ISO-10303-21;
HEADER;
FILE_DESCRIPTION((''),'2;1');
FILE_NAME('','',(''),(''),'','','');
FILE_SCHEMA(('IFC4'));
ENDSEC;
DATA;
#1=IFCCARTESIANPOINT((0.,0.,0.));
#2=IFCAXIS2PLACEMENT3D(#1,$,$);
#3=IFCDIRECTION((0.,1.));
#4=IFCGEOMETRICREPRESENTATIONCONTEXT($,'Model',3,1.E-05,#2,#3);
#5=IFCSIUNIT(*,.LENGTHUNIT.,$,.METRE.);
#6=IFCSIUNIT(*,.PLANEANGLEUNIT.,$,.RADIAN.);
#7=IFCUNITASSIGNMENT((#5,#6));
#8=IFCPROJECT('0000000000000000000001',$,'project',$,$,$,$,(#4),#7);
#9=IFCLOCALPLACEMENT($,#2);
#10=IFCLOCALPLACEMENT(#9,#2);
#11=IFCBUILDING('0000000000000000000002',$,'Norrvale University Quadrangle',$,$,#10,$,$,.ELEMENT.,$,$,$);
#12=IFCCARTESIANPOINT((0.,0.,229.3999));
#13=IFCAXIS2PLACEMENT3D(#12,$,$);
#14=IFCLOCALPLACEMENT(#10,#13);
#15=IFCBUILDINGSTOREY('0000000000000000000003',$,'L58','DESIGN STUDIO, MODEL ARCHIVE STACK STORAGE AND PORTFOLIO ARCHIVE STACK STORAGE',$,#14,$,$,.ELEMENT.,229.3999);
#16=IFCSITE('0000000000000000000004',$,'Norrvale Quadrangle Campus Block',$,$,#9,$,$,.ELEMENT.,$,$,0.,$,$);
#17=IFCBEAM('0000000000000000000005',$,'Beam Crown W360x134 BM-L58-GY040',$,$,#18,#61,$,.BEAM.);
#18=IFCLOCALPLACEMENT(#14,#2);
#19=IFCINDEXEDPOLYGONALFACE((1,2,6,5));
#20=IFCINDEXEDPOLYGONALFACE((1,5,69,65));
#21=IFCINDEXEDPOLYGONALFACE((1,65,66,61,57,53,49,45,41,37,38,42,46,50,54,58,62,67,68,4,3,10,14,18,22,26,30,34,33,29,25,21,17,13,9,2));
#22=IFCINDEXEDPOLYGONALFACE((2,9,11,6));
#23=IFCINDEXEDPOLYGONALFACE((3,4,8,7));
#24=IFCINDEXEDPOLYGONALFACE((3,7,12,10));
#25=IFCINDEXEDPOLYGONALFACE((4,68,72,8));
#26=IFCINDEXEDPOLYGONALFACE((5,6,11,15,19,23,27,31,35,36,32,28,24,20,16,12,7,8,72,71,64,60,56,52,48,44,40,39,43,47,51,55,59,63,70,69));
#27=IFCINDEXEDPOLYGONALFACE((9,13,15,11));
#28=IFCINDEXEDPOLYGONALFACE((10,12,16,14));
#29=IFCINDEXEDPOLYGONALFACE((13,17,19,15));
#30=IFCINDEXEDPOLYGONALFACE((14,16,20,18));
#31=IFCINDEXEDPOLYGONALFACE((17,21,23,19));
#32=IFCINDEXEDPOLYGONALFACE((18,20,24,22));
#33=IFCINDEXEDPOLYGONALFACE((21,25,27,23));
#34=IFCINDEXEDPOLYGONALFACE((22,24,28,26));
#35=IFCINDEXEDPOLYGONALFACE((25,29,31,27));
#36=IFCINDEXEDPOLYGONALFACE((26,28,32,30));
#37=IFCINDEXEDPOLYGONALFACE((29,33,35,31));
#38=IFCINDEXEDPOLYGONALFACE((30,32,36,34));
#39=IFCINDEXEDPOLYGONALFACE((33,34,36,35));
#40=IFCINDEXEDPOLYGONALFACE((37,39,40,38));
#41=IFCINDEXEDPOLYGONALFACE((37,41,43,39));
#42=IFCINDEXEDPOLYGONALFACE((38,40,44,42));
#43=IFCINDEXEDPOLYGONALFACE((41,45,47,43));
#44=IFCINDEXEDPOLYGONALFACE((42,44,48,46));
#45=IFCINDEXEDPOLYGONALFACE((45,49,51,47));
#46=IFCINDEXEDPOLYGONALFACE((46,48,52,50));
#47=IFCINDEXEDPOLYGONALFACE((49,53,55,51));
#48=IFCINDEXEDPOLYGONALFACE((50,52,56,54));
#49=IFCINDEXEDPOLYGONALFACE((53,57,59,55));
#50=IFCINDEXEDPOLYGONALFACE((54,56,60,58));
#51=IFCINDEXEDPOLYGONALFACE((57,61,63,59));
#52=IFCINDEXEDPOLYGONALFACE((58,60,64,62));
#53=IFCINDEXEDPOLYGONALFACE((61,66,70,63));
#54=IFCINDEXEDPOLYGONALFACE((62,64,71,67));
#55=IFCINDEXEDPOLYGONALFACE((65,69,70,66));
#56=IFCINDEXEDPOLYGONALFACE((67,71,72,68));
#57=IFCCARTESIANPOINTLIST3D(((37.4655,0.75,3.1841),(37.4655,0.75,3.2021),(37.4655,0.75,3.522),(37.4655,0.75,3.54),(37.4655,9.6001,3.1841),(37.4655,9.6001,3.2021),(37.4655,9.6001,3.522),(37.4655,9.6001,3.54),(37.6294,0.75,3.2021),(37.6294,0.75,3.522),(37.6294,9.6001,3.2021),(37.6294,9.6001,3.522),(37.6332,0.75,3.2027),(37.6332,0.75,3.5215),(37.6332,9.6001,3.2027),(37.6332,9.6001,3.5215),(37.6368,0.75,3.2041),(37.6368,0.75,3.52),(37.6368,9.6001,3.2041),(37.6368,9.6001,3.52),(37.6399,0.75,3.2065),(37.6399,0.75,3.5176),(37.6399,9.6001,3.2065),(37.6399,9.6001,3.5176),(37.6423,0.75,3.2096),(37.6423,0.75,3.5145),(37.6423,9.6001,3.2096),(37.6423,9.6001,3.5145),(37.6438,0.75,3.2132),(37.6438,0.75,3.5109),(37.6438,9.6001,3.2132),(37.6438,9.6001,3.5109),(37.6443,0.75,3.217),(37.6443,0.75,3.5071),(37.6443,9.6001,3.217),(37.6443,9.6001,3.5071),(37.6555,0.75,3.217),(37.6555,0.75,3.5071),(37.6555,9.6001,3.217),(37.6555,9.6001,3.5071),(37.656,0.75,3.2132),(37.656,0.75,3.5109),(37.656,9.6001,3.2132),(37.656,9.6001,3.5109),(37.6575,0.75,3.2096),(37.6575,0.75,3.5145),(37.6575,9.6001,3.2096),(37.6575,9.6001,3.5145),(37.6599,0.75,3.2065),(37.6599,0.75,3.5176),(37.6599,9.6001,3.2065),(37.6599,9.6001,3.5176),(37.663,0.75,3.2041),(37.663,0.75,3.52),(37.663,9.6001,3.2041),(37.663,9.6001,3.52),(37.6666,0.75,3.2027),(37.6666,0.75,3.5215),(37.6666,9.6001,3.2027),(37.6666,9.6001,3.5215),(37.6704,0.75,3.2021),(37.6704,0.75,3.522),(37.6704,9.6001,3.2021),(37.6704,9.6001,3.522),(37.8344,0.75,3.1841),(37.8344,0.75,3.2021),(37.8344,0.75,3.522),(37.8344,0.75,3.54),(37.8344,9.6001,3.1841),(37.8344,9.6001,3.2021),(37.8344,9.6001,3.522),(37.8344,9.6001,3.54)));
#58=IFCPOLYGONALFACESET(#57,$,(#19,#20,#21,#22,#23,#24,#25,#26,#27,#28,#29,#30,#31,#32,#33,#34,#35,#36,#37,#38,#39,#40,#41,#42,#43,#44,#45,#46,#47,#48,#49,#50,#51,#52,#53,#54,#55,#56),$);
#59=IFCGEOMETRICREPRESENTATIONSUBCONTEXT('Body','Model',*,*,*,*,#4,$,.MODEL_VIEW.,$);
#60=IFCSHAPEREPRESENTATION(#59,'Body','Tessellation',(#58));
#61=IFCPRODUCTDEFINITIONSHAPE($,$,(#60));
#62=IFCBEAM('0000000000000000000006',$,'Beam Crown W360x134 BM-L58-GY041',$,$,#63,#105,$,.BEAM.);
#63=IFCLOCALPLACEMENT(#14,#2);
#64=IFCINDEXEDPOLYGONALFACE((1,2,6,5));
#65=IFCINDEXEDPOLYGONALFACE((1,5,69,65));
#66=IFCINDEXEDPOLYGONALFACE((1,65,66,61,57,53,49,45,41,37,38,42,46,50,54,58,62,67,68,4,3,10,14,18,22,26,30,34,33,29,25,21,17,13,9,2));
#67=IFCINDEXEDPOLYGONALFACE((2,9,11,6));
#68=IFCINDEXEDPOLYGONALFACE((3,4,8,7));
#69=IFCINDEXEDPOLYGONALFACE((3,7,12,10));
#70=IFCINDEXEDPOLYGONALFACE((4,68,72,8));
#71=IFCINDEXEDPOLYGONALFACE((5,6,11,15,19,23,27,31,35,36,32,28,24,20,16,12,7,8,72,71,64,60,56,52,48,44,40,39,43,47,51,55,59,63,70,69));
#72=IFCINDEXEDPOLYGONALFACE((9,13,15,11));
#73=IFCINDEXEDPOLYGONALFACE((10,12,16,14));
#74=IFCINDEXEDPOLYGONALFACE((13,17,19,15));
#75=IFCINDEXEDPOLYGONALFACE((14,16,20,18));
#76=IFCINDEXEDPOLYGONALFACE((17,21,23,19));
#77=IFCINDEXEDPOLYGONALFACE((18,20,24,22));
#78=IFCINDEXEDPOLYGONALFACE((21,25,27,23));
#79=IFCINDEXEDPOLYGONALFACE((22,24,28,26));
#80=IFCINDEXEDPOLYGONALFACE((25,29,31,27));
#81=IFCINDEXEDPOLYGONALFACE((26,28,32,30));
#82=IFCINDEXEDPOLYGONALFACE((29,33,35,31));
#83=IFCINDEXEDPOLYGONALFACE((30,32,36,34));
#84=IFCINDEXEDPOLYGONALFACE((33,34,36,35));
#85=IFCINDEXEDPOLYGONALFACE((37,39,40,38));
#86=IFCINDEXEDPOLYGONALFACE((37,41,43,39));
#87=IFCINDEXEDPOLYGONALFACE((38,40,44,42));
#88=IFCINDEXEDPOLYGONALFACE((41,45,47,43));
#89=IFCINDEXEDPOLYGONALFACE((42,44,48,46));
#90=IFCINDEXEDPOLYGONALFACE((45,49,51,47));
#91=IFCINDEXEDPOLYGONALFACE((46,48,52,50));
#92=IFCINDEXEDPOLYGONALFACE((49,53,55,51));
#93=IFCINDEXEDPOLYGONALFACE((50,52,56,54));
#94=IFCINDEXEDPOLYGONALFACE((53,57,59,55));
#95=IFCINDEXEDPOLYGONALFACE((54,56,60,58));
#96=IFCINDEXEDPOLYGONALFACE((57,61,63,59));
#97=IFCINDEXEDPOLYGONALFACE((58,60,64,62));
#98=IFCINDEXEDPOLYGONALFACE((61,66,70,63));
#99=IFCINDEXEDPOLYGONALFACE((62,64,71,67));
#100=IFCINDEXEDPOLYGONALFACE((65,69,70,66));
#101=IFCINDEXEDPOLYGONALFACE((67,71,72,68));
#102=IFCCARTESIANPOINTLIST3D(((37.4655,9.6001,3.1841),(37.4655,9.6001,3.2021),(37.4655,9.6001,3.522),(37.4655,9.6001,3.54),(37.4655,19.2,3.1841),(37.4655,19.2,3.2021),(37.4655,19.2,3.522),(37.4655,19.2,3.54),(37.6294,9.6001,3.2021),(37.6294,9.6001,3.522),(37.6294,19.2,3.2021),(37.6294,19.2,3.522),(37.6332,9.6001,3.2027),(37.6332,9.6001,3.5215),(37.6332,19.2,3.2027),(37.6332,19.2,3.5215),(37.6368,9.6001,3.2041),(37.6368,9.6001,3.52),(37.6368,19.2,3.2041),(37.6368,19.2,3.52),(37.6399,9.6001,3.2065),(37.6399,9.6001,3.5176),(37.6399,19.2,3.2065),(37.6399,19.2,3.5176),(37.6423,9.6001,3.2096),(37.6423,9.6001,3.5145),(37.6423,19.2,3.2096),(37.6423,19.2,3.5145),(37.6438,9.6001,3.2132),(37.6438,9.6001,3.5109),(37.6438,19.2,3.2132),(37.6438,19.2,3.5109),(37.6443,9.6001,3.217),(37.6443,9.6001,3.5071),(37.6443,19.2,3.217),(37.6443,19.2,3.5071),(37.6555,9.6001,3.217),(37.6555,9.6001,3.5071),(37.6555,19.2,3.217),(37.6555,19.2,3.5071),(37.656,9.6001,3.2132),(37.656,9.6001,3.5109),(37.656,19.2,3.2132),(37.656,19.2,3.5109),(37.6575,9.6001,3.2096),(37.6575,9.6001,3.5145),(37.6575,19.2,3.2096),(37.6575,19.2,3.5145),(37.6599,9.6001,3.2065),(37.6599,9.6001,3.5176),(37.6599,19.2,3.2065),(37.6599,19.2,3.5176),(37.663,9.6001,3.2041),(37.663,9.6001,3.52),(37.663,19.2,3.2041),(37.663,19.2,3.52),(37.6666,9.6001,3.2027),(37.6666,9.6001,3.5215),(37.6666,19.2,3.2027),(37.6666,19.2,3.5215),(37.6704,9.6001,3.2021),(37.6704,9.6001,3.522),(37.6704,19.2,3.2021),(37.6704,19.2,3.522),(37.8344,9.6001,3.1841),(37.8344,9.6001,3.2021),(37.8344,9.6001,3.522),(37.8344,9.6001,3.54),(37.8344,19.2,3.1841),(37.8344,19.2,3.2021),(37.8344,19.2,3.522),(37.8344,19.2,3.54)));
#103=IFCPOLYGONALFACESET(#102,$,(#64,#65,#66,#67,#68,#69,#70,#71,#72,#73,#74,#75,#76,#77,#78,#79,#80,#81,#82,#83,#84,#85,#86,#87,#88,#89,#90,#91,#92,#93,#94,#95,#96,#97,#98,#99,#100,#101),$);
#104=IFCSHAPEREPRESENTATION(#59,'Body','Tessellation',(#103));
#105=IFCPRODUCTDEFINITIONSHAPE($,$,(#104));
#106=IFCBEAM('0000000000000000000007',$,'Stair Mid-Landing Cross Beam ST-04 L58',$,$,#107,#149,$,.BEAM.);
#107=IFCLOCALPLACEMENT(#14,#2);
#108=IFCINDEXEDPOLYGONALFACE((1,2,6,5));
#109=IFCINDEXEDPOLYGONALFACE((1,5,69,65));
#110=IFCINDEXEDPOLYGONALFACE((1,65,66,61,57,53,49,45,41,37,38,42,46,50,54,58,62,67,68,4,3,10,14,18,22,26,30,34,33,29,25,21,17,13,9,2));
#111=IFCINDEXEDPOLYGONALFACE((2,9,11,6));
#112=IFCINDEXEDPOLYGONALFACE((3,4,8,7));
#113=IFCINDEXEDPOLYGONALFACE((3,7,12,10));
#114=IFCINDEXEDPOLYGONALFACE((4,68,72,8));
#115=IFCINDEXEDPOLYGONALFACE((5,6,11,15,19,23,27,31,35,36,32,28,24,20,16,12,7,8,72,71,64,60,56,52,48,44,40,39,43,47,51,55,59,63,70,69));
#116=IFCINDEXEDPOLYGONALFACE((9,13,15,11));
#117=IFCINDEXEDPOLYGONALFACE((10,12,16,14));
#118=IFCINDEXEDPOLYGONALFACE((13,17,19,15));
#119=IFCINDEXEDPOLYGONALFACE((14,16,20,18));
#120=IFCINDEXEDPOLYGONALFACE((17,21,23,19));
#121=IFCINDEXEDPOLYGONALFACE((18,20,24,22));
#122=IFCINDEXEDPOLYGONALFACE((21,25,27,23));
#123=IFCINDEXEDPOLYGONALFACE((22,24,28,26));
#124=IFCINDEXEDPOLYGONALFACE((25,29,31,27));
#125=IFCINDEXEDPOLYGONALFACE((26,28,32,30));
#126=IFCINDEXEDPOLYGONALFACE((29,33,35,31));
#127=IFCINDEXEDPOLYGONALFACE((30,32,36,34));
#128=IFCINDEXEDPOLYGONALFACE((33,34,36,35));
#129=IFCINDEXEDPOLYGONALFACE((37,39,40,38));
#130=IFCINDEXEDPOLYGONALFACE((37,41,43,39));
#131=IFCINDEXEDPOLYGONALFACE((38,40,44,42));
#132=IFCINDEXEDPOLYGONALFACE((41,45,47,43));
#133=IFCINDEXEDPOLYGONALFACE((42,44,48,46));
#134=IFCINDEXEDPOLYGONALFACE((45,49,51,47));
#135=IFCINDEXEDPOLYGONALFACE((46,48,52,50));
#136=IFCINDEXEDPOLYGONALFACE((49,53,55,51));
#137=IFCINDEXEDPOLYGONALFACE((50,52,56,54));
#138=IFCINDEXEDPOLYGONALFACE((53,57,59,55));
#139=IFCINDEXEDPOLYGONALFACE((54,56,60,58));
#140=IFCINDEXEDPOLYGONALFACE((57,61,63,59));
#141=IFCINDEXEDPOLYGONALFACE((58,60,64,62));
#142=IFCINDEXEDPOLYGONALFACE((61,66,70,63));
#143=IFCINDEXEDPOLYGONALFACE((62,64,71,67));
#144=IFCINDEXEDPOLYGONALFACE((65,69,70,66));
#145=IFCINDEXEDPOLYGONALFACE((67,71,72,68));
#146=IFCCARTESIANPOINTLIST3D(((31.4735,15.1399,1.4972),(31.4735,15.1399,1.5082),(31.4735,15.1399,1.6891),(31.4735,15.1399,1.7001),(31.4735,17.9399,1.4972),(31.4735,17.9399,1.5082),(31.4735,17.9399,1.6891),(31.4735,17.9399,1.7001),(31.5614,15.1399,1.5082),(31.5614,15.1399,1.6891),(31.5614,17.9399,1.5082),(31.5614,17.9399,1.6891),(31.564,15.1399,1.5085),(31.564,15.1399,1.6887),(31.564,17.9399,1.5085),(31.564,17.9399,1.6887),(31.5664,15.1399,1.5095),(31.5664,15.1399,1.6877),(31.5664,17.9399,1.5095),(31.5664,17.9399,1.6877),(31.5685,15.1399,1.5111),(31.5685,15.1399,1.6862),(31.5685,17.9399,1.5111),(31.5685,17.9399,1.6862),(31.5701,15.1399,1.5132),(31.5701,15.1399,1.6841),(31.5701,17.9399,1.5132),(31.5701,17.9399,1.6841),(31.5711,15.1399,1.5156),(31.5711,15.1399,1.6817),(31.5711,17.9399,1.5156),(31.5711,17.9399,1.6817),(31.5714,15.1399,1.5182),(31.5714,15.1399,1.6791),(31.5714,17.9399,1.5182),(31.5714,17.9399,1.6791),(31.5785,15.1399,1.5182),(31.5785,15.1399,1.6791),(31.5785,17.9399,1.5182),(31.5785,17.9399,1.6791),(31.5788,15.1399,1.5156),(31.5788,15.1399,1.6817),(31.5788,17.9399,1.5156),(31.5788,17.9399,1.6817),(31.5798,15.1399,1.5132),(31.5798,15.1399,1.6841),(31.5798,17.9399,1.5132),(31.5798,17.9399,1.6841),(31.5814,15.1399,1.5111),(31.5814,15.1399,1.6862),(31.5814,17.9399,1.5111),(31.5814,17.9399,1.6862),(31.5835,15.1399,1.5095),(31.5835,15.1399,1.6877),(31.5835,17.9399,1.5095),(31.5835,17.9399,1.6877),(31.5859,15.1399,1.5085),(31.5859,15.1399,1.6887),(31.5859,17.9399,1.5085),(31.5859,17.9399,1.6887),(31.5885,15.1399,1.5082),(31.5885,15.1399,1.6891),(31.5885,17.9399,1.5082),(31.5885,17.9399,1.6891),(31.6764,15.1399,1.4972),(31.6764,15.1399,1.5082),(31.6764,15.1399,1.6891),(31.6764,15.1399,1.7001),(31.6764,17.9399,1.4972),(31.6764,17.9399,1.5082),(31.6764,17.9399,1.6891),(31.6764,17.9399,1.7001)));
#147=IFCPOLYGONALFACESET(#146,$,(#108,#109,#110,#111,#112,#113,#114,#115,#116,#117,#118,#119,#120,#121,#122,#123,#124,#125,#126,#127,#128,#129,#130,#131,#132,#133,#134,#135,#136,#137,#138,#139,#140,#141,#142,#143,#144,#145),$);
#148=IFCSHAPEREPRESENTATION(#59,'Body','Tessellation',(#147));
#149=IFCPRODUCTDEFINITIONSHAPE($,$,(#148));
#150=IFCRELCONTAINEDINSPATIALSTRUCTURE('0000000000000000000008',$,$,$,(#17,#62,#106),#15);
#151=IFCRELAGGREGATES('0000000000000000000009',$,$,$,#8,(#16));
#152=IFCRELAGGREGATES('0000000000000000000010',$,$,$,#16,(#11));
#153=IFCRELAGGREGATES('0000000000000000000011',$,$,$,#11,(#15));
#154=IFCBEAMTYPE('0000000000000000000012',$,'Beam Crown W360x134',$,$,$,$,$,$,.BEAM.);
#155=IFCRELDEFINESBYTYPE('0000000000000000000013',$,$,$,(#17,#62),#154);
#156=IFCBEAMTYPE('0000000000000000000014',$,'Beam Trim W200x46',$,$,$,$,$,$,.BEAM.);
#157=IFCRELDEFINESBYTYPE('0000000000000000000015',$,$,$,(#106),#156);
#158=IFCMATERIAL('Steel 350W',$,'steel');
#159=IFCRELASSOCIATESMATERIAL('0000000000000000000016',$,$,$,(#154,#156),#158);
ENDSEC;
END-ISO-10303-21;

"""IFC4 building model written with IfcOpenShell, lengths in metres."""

from ifc_helpers import new_model, si_unit, direction, frame, origin, origin_2d, place, context, subcontext, project, spatial, i_section, extrude, material, material_profile, profile_set, type_object, element, save


model = new_model("IFC4")

# Units and contexts
model_context = context("Model", 3, precision=1e-05, world=origin(), true_north=direction((0.0, 1.0)))
body_context = subcontext(model_context, "Body", "Model", "MODEL_VIEW")
ifc_project = project(units=[si_unit("LENGTHUNIT", "METRE"), si_unit("PLANEANGLEUNIT", "RADIAN")], contexts=[model_context])

# Site, building, storey
site_placement = place(None, origin())
site = spatial("IfcSite", under=ifc_project, at=site_placement, Name="Norrvale Quadrangle Campus Block", CompositionType="ELEMENT", RefElevation=0.0)
building_placement = place(site_placement, origin())
building = spatial("IfcBuilding", under=site, at=building_placement, Name="Norrvale University Quadrangle", CompositionType="ELEMENT")
storey_placement = place(building_placement, frame((0.0, 0.0, 229.3999)))
storey = spatial("IfcBuildingStorey", under=building, at=storey_placement, Name="L58", Description="DESIGN STUDIO, MODEL ARCHIVE STACK STORAGE AND PORTFOLIO ARCHIVE STACK STORAGE", CompositionType="ELEMENT", Elevation=229.3999)

# Beams
ifc_material_1 = material(Name="Steel 350W", Category="steel")
ifc_material_profile_1 = material_profile(ifc_material_1, i_section(OverallWidth=0.3689, OverallDepth=0.356, WebThickness=0.0112, FlangeThickness=0.0181, FilletRadius=0.0149, at=origin_2d()), Name="Steel 350W")
ifc_profile_set_1 = profile_set([ifc_material_profile_1], Name="Steel 350W")
beam_type_1 = type_object("IfcBeamType", Name="Beam Crown W360x134", PredefinedType="BEAM", material=ifc_profile_set_1)
beam_1_placement = place(storey_placement, frame((37.6499, 0.75, 3.3621), z_axis=(0.0, 1.0, 0.0), x_axis=(-1.0, 0.0, 0.0)))
element("IfcBeam", 1, at=beam_1_placement, inside=storey, type_object=beam_type_1, Name="Beam Crown W360x134 BM-L58-GY040", PredefinedType="BEAM", context=body_context, shape_type="SweptSolid", body=[
    extrude(i_section(OverallWidth=0.3689, OverallDepth=0.356, WebThickness=0.0112, FlangeThickness=0.0181, FilletRadius=0.0149, at=origin_2d()), origin(), (0.0, 0.0, 1.0), 8.8501),
])
beam_2_placement = place(storey_placement, frame((37.6499, 9.6001, 3.3621), z_axis=(0.0, 1.0, 0.0), x_axis=(-1.0, 0.0, 0.0)))
element("IfcBeam", 2, at=beam_2_placement, inside=storey, type_object=beam_type_1, Name="Beam Crown W360x134 BM-L58-GY041", PredefinedType="BEAM", context=body_context, shape_type="SweptSolid", body=[
    extrude(i_section(OverallWidth=0.3689, OverallDepth=0.356, WebThickness=0.0112, FlangeThickness=0.0181, FilletRadius=0.0149, at=origin_2d()), origin(), (0.0, 0.0, 1.0), 9.5999),
])
ifc_material_profile_2 = material_profile(ifc_material_1, i_section(OverallWidth=0.2029, OverallDepth=0.2029, WebThickness=0.0071, FlangeThickness=0.011, FilletRadius=0.01, at=origin_2d()), Name="Steel 350W")
ifc_profile_set_2 = profile_set([ifc_material_profile_2], Name="Steel 350W")
beam_type_2 = type_object("IfcBeamType", Name="Beam Trim W200x46", PredefinedType="BEAM", material=ifc_profile_set_2)
beam_3_placement = place(storey_placement, frame((31.575, 15.1399, 1.5986), z_axis=(0.0, 1.0, 0.0), x_axis=(-1.0, 0.0, 0.0)))
element("IfcBeam", 3, at=beam_3_placement, inside=storey, type_object=beam_type_2, Name="Stair Mid-Landing Cross Beam ST-04 L58", PredefinedType="BEAM", context=body_context, shape_type="SweptSolid", body=[
    extrude(i_section(OverallWidth=0.2029, OverallDepth=0.2029, WebThickness=0.0071, FlangeThickness=0.011, FilletRadius=0.01, at=origin_2d()), origin(), (0.0, 0.0, 1.0), 2.8),
])

save(model, "model.ifc")
